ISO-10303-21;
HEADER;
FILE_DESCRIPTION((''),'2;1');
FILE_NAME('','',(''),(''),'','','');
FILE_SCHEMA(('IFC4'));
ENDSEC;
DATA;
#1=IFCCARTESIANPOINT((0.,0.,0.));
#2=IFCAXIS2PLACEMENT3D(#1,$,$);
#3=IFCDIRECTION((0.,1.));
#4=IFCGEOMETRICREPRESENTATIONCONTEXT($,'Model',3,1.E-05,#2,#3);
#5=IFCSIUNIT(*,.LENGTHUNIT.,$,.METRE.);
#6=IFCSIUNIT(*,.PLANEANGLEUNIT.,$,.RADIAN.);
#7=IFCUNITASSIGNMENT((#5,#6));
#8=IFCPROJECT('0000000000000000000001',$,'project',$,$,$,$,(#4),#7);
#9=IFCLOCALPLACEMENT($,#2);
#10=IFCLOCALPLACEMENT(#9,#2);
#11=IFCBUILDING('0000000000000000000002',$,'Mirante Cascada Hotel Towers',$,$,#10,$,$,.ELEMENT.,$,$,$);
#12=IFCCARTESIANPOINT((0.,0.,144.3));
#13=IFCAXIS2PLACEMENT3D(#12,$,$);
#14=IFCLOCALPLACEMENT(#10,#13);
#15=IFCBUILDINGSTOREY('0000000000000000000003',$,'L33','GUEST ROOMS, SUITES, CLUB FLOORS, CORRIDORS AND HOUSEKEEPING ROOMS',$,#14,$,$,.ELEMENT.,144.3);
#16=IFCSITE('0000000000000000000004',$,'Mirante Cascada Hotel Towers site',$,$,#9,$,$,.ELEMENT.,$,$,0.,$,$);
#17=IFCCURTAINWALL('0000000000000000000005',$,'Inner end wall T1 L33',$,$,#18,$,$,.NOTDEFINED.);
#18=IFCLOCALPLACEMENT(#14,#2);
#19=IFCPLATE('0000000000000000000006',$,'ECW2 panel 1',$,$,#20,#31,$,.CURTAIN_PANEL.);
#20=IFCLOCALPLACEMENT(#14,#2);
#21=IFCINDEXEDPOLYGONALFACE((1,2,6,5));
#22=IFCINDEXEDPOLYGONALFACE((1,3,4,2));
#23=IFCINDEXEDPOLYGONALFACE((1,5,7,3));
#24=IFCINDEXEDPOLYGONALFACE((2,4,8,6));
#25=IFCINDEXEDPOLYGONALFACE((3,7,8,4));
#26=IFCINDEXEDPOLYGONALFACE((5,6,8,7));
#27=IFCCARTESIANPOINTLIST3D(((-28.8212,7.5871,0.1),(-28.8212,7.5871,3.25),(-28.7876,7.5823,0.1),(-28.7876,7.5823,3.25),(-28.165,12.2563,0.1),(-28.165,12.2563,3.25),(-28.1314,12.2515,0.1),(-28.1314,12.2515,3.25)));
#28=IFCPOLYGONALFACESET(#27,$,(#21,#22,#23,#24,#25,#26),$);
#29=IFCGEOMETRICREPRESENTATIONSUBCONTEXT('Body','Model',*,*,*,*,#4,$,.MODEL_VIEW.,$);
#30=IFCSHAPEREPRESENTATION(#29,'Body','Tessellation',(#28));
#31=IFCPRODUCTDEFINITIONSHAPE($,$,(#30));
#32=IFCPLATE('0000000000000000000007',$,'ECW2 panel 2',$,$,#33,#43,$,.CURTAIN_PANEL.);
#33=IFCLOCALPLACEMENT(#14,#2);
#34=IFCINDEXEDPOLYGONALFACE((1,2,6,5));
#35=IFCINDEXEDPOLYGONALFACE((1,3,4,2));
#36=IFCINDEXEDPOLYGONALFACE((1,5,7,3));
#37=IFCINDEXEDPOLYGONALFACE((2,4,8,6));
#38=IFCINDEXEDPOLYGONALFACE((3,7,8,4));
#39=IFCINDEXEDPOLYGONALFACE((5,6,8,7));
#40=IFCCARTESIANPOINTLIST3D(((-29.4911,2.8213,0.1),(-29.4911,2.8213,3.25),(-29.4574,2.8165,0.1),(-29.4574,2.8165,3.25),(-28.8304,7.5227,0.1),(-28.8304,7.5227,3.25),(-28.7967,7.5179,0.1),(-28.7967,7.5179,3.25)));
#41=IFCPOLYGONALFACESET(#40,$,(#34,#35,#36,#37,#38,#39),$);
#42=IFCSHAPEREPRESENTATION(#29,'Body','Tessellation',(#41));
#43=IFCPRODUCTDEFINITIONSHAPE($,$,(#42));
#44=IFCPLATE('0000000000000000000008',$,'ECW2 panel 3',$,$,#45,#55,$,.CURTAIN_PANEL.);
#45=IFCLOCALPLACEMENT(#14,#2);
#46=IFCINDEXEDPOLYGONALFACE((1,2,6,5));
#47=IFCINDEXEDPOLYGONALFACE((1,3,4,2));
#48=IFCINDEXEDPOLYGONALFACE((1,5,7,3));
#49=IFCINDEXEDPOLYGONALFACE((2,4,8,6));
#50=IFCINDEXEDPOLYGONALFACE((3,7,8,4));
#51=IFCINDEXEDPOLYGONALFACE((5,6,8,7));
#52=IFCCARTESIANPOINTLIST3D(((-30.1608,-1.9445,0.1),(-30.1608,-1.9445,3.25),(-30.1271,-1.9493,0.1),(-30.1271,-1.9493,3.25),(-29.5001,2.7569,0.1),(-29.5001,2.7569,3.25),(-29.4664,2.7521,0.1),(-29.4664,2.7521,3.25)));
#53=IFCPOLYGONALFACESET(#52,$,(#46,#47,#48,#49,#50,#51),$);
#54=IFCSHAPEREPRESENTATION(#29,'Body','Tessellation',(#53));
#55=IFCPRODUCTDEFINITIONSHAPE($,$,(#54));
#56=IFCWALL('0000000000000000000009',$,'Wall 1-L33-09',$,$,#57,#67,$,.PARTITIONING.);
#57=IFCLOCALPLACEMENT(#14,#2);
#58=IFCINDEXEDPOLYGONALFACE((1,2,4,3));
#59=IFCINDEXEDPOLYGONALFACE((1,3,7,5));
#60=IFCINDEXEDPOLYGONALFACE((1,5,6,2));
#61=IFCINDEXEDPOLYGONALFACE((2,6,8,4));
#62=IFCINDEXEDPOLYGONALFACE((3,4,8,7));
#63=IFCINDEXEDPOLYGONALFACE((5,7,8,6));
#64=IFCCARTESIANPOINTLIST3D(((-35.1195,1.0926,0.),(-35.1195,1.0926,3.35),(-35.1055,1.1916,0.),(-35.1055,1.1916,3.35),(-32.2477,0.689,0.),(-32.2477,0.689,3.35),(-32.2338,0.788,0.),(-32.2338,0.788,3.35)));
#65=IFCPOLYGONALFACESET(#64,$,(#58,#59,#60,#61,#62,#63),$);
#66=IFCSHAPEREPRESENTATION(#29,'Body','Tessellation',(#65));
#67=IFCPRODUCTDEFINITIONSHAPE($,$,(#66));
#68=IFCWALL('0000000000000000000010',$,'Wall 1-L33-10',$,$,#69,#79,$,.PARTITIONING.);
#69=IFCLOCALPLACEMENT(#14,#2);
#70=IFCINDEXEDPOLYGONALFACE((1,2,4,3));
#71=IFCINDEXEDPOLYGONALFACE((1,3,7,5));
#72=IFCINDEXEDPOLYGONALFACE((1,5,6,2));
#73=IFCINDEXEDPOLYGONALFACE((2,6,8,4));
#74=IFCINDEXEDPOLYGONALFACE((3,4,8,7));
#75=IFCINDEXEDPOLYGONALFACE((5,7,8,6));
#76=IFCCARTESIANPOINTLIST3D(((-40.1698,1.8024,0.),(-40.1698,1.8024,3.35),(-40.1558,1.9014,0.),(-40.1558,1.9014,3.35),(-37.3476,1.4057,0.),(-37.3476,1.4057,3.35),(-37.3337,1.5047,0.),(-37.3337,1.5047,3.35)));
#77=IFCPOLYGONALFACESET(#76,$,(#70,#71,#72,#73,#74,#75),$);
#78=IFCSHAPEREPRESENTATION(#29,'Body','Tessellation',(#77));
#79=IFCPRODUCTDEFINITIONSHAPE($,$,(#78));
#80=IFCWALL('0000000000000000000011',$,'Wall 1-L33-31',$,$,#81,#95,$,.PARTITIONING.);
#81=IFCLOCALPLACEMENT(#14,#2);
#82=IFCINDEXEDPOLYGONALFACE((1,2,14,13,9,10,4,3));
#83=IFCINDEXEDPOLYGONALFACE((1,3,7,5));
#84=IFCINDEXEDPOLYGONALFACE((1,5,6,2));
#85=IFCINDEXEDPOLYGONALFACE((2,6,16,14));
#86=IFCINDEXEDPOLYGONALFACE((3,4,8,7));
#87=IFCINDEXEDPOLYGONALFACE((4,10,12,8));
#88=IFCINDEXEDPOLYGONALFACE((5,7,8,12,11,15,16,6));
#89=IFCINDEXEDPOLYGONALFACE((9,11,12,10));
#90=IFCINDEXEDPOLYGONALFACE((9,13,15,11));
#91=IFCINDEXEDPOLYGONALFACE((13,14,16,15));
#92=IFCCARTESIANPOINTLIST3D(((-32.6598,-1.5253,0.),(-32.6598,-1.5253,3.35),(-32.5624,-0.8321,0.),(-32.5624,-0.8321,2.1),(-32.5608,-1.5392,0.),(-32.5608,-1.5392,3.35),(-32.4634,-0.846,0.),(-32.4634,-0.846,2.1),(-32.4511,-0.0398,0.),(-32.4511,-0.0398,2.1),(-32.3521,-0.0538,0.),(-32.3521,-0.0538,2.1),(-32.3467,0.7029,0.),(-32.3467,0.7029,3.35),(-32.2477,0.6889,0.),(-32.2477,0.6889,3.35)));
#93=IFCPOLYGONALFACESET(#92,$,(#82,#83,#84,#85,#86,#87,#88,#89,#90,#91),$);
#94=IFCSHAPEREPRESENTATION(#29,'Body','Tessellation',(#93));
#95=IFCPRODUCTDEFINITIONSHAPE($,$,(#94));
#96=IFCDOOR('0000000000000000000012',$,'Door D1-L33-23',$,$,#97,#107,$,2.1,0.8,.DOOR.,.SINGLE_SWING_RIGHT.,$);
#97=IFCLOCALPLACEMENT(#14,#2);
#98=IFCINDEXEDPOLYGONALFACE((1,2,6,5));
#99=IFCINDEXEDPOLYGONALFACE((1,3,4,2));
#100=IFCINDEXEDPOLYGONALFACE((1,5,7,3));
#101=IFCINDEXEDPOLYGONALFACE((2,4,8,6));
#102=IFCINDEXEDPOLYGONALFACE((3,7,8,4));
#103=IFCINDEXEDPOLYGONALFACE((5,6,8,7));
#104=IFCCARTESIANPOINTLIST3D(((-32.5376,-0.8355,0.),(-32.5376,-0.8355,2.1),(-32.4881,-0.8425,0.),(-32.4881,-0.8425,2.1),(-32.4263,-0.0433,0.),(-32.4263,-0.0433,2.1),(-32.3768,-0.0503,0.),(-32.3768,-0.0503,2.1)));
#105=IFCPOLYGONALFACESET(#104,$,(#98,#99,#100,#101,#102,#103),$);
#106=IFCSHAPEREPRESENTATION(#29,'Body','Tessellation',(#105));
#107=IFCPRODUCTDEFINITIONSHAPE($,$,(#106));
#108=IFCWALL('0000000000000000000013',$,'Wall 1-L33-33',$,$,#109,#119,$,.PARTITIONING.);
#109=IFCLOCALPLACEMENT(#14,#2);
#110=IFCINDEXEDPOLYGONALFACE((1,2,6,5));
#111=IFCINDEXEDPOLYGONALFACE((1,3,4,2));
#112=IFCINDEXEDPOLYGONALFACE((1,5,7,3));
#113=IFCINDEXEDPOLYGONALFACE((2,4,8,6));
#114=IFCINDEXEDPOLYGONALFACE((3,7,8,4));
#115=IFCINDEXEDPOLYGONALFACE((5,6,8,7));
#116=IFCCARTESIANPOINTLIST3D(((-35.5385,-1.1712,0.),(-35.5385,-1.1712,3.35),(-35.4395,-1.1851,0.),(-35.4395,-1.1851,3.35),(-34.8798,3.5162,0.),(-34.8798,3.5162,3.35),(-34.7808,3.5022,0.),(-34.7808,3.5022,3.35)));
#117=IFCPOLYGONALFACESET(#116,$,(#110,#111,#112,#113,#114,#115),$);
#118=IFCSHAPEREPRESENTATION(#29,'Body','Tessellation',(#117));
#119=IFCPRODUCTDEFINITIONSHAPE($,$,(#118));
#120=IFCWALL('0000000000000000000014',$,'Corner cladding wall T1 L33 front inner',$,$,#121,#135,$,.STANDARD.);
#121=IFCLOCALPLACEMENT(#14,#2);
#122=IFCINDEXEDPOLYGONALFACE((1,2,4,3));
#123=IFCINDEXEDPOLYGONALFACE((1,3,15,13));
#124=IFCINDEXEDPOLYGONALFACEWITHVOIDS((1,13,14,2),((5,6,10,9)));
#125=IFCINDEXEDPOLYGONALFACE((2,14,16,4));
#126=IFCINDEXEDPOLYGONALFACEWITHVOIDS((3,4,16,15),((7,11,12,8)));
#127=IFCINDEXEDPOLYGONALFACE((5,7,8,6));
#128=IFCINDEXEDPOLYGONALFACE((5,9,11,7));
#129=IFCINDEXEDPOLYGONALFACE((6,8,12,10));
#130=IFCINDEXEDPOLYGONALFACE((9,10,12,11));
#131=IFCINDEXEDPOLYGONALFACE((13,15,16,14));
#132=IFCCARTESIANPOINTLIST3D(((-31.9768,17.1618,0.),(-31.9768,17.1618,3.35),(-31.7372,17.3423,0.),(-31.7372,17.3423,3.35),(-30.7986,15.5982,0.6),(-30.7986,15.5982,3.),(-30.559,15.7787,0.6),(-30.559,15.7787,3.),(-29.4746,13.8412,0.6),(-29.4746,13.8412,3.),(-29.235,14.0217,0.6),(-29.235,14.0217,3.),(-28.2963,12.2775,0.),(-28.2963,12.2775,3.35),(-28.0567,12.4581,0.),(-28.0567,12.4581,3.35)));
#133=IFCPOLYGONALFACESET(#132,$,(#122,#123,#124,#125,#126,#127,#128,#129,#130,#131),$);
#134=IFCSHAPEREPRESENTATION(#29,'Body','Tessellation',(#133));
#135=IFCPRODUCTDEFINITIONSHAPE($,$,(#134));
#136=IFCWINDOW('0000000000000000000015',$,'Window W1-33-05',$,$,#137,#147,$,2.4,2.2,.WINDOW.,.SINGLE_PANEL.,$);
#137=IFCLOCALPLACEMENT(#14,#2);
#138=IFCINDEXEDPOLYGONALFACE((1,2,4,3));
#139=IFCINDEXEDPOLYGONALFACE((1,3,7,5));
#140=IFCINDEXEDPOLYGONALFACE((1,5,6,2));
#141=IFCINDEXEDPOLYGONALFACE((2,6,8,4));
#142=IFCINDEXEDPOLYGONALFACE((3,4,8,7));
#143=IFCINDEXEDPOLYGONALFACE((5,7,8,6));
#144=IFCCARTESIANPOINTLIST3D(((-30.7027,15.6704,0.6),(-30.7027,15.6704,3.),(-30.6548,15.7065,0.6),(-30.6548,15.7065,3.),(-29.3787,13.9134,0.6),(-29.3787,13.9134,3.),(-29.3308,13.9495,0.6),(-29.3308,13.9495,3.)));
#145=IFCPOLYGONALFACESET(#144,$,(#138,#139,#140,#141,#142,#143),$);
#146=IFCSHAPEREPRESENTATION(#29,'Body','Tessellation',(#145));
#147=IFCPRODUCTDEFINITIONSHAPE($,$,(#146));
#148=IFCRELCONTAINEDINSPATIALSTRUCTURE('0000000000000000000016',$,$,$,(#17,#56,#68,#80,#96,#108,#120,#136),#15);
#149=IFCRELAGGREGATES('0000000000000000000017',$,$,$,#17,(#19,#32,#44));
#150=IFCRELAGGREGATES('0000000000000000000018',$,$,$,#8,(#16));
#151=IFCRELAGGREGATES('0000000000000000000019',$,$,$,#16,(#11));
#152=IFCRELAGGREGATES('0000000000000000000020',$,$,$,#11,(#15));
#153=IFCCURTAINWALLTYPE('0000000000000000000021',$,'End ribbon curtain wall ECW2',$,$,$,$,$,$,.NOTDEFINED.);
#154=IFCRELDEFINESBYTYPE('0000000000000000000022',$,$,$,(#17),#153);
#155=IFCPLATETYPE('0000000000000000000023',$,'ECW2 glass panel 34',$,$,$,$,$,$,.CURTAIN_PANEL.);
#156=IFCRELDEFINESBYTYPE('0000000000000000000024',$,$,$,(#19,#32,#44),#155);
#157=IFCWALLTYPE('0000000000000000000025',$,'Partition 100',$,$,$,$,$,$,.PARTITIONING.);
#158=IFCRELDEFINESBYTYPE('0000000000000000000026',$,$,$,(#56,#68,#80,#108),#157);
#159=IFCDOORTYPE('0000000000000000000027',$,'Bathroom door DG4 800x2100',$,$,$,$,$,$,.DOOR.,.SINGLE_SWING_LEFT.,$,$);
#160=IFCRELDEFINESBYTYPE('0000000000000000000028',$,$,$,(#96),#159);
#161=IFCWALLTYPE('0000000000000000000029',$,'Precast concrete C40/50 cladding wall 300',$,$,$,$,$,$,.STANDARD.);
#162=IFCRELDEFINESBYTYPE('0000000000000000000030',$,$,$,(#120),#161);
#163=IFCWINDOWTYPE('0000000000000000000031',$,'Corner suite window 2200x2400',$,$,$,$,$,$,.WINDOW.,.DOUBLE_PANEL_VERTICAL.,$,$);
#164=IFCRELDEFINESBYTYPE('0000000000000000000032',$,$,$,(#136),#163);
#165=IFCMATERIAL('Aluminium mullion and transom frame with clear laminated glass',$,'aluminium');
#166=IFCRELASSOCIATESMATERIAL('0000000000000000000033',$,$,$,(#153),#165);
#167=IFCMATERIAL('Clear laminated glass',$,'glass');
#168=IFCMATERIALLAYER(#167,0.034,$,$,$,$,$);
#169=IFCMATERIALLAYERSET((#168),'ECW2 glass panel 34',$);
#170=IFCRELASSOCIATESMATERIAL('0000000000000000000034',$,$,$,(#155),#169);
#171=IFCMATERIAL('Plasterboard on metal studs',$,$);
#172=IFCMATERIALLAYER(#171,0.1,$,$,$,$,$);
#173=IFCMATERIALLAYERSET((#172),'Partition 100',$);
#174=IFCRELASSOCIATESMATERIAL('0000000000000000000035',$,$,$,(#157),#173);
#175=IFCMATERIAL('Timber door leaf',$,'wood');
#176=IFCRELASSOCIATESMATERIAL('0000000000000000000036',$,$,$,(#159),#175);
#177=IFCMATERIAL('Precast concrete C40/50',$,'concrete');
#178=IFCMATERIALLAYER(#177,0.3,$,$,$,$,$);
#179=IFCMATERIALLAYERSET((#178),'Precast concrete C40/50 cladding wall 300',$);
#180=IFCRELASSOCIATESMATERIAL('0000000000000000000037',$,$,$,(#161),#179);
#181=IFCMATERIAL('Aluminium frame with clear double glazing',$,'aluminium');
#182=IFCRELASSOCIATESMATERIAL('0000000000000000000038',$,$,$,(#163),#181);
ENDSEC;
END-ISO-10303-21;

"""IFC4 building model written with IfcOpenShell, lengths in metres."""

from ifc_helpers import new_model, si_unit, direction, frame, frame_2d, origin, origin_2d, place, context, subcontext, project, spatial, rectangle, extrude, material, layer, layer_set, type_object, element, fill, aggregate, save


model = new_model("IFC4")

# Units and contexts
model_context = context("Model", 3, precision=1e-05, world=origin(), true_north=direction((0.0, 1.0)))
body_context = subcontext(model_context, "Body", "Model", "MODEL_VIEW")
ifc_project = project(units=[si_unit("LENGTHUNIT", "METRE"), si_unit("PLANEANGLEUNIT", "RADIAN")], contexts=[model_context])

# Site, building, storey
site_placement = place(None, origin())
site = spatial("IfcSite", under=ifc_project, at=site_placement, Name="Mirante Cascada Hotel Towers site", CompositionType="ELEMENT", RefElevation=0.0)
building_placement = place(site_placement, origin())
building = spatial("IfcBuilding", under=site, at=building_placement, Name="Mirante Cascada Hotel Towers", CompositionType="ELEMENT")
storey_placement = place(building_placement, frame((0.0, 0.0, 144.3)))
storey = spatial("IfcBuildingStorey", under=building, at=storey_placement, Name="L33", Description="GUEST ROOMS, SUITES, CLUB FLOORS, CORRIDORS AND HOUSEKEEPING ROOMS", CompositionType="ELEMENT", Elevation=144.3)

# Curtain wall
ifc_material_1 = material(Name="Aluminium mullion and transom frame with clear laminated glass", Category="aluminium")
curtain_wall_type_1 = type_object("IfcCurtainWallType", Name="End ribbon curtain wall ECW2", PredefinedType="NOTDEFINED", material=ifc_material_1)
curtain_wall_1_placement = place(storey_placement, origin())
curtain_wall_1 = element("IfcCurtainWall", 1, at=curtain_wall_1_placement, inside=storey, type_object=curtain_wall_type_1, Name="Inner end wall T1 L33", PredefinedType="NOTDEFINED")

# Plates
ifc_material_2 = material(Name="Clear laminated glass", Category="glass")
ifc_layer_1 = layer(ifc_material_2, 0.034)
ifc_layer_set_1 = layer_set([ifc_layer_1], Name="ECW2 glass panel 34")
plate_type_1 = type_object("IfcPlateType", Name="ECW2 glass panel 34", PredefinedType="CURTAIN_PANEL", material=ifc_layer_set_1)
plate_1_placement = place(storey_placement, frame((-28.4763, 9.9193, 0.1), z_axis=(0.0, 0.0, 1.0), x_axis=(-0.139173, -0.990268, 0.0)))
plate_1 = element("IfcPlate", 2, at=plate_1_placement, type_object=plate_type_1, Name="ECW2 panel 1", PredefinedType="CURTAIN_PANEL", context=body_context, shape_type="SweptSolid", body=[
    extrude(rectangle(XDim=4.7151, YDim=0.034, at=origin_2d()), origin(), (0.0, 0.0, 1.0), 3.15),
])
plate_2_placement = place(storey_placement, frame((-29.1439, 5.1696, 0.1), z_axis=(0.0, 0.0, 1.0), x_axis=(-0.139173, -0.990268, 0.0)))
plate_2 = element("IfcPlate", 3, at=plate_2_placement, type_object=plate_type_1, Name="ECW2 panel 2", PredefinedType="CURTAIN_PANEL", context=body_context, shape_type="SweptSolid", body=[
    extrude(rectangle(XDim=4.7476, YDim=0.034, at=origin_2d()), origin(), (0.0, 0.0, 1.0), 3.15),
])
plate_3_placement = place(storey_placement, frame((-29.8136, 0.4038, 0.1), z_axis=(0.0, 0.0, 1.0), x_axis=(-0.139173, -0.990268, 0.0)))
plate_3 = element("IfcPlate", 4, at=plate_3_placement, type_object=plate_type_1, Name="ECW2 panel 3", PredefinedType="CURTAIN_PANEL", context=body_context, shape_type="SweptSolid", body=[
    extrude(rectangle(XDim=4.7476, YDim=0.034, at=origin_2d()), origin(), (0.0, 0.0, 1.0), 3.15),
])
aggregate(curtain_wall_1, [plate_1, plate_2, plate_3])

# Walls
ifc_material_3 = material(Name="Plasterboard on metal studs")
ifc_layer_2 = layer(ifc_material_3, 0.1)
ifc_layer_set_2 = layer_set([ifc_layer_2], Name="Partition 100")
wall_type_1 = type_object("IfcWallType", Name="Partition 100", PredefinedType="PARTITIONING", material=ifc_layer_set_2)
wall_1_placement = place(storey_placement, frame((-35.1125, 1.1421, 0.0), z_axis=(0.0, 0.0, 1.0), x_axis=(0.990268, -0.139171, 0.0)))
element("IfcWall", 5, at=wall_1_placement, inside=storey, type_object=wall_type_1, Name="Wall 1-L33-09", PredefinedType="PARTITIONING", context=body_context, shape_type="SweptSolid", body=[
    extrude(rectangle(XDim=2.9, YDim=0.1, at=frame_2d((1.45, 0.0))), origin(), (0.0, 0.0, 1.0), 3.35),
])
wall_2_placement = place(storey_placement, frame((-37.3406, 1.4552, 0.0), z_axis=(0.0, 0.0, 1.0), x_axis=(-0.990265, 0.139196, 0.0)))
element("IfcWall", 6, at=wall_2_placement, inside=storey, type_object=wall_type_1, Name="Wall 1-L33-10", PredefinedType="PARTITIONING", context=body_context, shape_type="SweptSolid", body=[
    extrude(rectangle(XDim=2.8499, YDim=0.1, at=frame_2d((1.425, 0.0))), origin(), (0.0, 0.0, 1.0), 3.35),
])

# Wall, opening, door
wall_3_placement = place(storey_placement, frame((-32.2972, 0.6959, 0.0), z_axis=(0.0, 0.0, 1.0), x_axis=(-0.139156, -0.990271, 0.0)))
wall_3 = element("IfcWall", 7, at=wall_3_placement, inside=storey, type_object=wall_type_1, Name="Wall 1-L33-31", PredefinedType="PARTITIONING", context=body_context, shape_type="SweptSolid", body=[
    extrude(rectangle(XDim=2.25, YDim=0.1, at=frame_2d((1.125, 0.0))), origin(), (0.0, 0.0, 1.0), 3.35),
])
opening_1_placement = place(wall_3_placement, frame((0.75, 0.0, 0.0)))
opening_1 = element("IfcOpeningElement", 8, at=opening_1_placement, cuts=wall_3, PredefinedType="OPENING", context=body_context, shape_type="SweptSolid", body=[
    extrude(rectangle(XDim=0.8, YDim=2.1, at=frame_2d((0.4, 1.05))), frame((0.0, 0.05, 0.0), z_axis=(0.0, -1.0, 0.0), x_axis=(1.0, 0.0, 0.0)), (0.0, 0.0, 1.0), 0.1),
])
ifc_material_4 = material(Name="Timber door leaf", Category="wood")
door_type = type_object("IfcDoorType", Name="Bathroom door DG4 800x2100", OperationType="SINGLE_SWING_LEFT", PredefinedType="DOOR", material=ifc_material_4)
door_placement = place(opening_1_placement, frame((0.8, 0.0, 0.0), z_axis=(0.0, 0.0, 1.0), x_axis=(-1.0, 0.0, 0.0)))
door = element("IfcDoor", 9, at=door_placement, inside=storey, type_object=door_type, Name="Door D1-L33-23", OperationType="SINGLE_SWING_RIGHT", OverallHeight=2.1, OverallWidth=0.8, PredefinedType="DOOR", context=body_context, shape_type="SweptSolid", body=[
    extrude(rectangle(XDim=0.8, YDim=2.1, at=frame_2d((0.4, 1.05))), frame((0.0, 0.025, 0.0), z_axis=(0.0, -1.0, 0.0), x_axis=(1.0, 0.0, 0.0)), (0.0, 0.0, 1.0), 0.05),
])
fill(opening_1, door)

# Wall
wall_4_placement = place(storey_placement, frame((-34.8303, 3.5092, 0.0), z_axis=(0.0, 0.0, 1.0), x_axis=(-0.139161, -0.99027, 0.0)))
element("IfcWall", 10, at=wall_4_placement, inside=storey, type_object=wall_type_1, Name="Wall 1-L33-33", PredefinedType="PARTITIONING", context=body_context, shape_type="SweptSolid", body=[
    extrude(rectangle(XDim=4.7334, YDim=0.1, at=frame_2d((2.3667, 0.0))), origin(), (0.0, 0.0, 1.0), 3.35),
])

# Wall, opening, window
ifc_material_5 = material(Name="Precast concrete C40/50", Category="concrete")
ifc_layer_3 = layer(ifc_material_5, 0.3)
ifc_layer_set_3 = layer_set([ifc_layer_3], Name="Precast concrete C40/50 cladding wall 300")
wall_type_2 = type_object("IfcWallType", Name="Precast concrete C40/50 cladding wall 300", PredefinedType="STANDARD", material=ifc_layer_set_3)
wall_5_placement = place(storey_placement, frame((-31.857, 17.252, 0.0), z_axis=(0.0, 0.0, 1.0), x_axis=(0.601814, -0.798636, 0.0)))
wall_5 = element("IfcWall", 11, at=wall_5_placement, inside=storey, type_object=wall_type_2, Name="Corner cladding wall T1 L33 front inner", PredefinedType="STANDARD", context=body_context, shape_type="SweptSolid", body=[
    extrude(rectangle(XDim=6.1157, YDim=0.3, at=frame_2d((3.0578, 0.0))), origin(), (0.0, 0.0, 1.0), 3.35),
])
opening_2_placement = place(wall_5_placement, frame((1.9578, 0.0, 0.6)))
opening_2 = element("IfcOpeningElement", 12, at=opening_2_placement, cuts=wall_5, PredefinedType="OPENING", context=body_context, shape_type="SweptSolid", body=[
    extrude(rectangle(XDim=2.2, YDim=2.4, at=frame_2d((1.1, 1.2))), frame((0.0, 0.15, 0.0), z_axis=(0.0, -1.0, 0.0), x_axis=(1.0, 0.0, 0.0)), (0.0, 0.0, 1.0), 0.3),
])
ifc_material_6 = material(Name="Aluminium frame with clear double glazing", Category="aluminium")
window_type = type_object("IfcWindowType", Name="Corner suite window 2200x2400", PartitioningType="DOUBLE_PANEL_VERTICAL", PredefinedType="WINDOW", material=ifc_material_6)
window_placement = place(opening_2_placement, origin())
window = element("IfcWindow", 13, at=window_placement, inside=storey, type_object=window_type, Name="Window W1-33-05", OverallHeight=2.4, OverallWidth=2.2, PartitioningType="SINGLE_PANEL", PredefinedType="WINDOW", context=body_context, shape_type="SweptSolid", body=[
    extrude(rectangle(XDim=2.2, YDim=2.4, at=frame_2d((1.1, 1.2))), frame((0.0, 0.03, 0.0), z_axis=(0.0, -1.0, 0.0), x_axis=(1.0, 0.0, 0.0)), (0.0, 0.0, 1.0), 0.06),
])
fill(opening_2, window)

save(model, "model.ifc")
